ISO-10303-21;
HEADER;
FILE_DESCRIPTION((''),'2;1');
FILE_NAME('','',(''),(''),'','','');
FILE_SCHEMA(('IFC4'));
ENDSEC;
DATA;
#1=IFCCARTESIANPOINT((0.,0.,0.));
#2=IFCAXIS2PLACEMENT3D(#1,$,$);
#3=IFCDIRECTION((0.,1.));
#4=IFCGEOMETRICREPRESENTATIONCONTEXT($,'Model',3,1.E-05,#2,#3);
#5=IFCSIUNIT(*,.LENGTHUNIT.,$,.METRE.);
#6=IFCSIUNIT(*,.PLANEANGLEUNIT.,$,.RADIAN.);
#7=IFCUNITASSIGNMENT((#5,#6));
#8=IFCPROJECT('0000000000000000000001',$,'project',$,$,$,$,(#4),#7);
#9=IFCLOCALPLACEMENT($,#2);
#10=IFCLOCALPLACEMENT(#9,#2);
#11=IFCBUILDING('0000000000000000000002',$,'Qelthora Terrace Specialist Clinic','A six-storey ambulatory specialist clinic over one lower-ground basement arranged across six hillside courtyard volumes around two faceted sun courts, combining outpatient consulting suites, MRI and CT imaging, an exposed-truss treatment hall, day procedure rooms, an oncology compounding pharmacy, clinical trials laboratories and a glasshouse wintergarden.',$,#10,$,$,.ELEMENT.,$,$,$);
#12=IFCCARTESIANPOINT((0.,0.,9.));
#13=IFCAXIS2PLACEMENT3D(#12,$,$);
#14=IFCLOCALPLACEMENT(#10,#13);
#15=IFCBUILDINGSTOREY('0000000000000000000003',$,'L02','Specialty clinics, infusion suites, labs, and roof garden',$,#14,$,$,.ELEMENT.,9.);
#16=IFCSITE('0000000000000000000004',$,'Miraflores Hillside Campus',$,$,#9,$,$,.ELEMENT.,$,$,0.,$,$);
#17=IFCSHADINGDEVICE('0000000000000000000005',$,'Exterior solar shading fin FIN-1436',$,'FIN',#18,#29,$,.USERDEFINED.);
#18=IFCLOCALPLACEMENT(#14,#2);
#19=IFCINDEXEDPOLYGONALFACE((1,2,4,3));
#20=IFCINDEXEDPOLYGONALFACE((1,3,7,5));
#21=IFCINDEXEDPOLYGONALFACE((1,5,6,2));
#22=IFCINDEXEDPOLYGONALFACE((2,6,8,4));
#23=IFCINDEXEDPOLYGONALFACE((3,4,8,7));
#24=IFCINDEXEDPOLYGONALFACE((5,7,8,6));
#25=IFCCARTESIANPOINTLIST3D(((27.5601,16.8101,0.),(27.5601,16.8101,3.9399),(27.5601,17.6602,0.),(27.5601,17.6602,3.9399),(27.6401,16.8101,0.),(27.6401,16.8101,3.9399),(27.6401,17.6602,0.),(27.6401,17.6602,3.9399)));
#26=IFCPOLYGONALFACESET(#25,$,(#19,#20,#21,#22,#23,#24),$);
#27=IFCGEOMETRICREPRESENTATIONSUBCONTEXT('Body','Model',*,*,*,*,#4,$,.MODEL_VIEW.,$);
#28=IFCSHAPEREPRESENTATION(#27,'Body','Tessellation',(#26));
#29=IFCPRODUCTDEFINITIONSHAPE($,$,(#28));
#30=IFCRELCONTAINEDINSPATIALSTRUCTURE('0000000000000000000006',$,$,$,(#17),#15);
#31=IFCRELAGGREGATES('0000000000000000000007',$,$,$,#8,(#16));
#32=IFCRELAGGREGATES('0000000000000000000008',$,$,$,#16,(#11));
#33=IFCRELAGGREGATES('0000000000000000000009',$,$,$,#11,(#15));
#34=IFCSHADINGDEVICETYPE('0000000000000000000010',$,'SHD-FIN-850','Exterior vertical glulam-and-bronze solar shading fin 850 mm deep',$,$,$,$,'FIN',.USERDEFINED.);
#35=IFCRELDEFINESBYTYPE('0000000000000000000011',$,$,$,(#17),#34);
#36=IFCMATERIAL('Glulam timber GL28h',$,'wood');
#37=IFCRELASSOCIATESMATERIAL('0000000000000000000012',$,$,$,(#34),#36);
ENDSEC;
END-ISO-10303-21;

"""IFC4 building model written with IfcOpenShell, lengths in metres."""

from ifc_helpers import new_model, si_unit, direction, frame, origin, origin_2d, place, context, subcontext, project, spatial, rectangle, extrude, material, type_object, element, save


model = new_model("IFC4")

# Units and contexts
model_context = context("Model", 3, precision=1e-05, world=origin(), true_north=direction((0.0, 1.0)))
body_context = subcontext(model_context, "Body", "Model", "MODEL_VIEW")
ifc_project = project(units=[si_unit("LENGTHUNIT", "METRE"), si_unit("PLANEANGLEUNIT", "RADIAN")], contexts=[model_context])

# Site, building, storey
site_placement = place(None, origin())
site = spatial("IfcSite", under=ifc_project, at=site_placement, Name="Miraflores Hillside Campus", CompositionType="ELEMENT", RefElevation=0.0)
building_placement = place(site_placement, origin())
building = spatial("IfcBuilding", under=site, at=building_placement, Name="Qelthora Terrace Specialist Clinic", Description="A six-storey ambulatory specialist clinic over one lower-ground basement arranged across six hillside courtyard volumes around two faceted sun courts, combining outpatient consulting suites, MRI and CT imaging, an exposed-truss treatment hall, day procedure rooms, an oncology compounding pharmacy, clinical trials laboratories and a glasshouse wintergarden.", CompositionType="ELEMENT")
storey_placement = place(building_placement, frame((0.0, 0.0, 9.0)))
storey = spatial("IfcBuildingStorey", under=building, at=storey_placement, Name="L02", Description="Specialty clinics, infusion suites, labs, and roof garden", CompositionType="ELEMENT", Elevation=9.0)

# Shading device
ifc_material_1 = material(Name="Glulam timber GL28h", Category="wood")
shading_device_type = type_object("IfcShadingDeviceType", Name="SHD-FIN-850", Description="Exterior vertical glulam-and-bronze solar shading fin 850 mm deep", ElementType="FIN", PredefinedType="USERDEFINED", material=ifc_material_1)
for number, where, z_axis, x_axis, name in (
    (1, (27.6001, 17.2351, 0.0), (0.0, 0.0, 1.0), (0.0, 1.0, 0.0), "Exterior solar shading fin FIN-1436"),
):
    element("IfcShadingDevice", number, at=place(storey_placement, frame(where, z_axis=z_axis, x_axis=x_axis)), inside=storey, type_object=shading_device_type, Name=name, ObjectType="FIN", PredefinedType="USERDEFINED", context=body_context, shape_type="SweptSolid", body=[
        extrude(rectangle(XDim=0.8501, YDim=0.0801, at=origin_2d()), origin(), (0.0, 0.0, 1.0), 3.9399),
    ])

save(model, "model.ifc")
